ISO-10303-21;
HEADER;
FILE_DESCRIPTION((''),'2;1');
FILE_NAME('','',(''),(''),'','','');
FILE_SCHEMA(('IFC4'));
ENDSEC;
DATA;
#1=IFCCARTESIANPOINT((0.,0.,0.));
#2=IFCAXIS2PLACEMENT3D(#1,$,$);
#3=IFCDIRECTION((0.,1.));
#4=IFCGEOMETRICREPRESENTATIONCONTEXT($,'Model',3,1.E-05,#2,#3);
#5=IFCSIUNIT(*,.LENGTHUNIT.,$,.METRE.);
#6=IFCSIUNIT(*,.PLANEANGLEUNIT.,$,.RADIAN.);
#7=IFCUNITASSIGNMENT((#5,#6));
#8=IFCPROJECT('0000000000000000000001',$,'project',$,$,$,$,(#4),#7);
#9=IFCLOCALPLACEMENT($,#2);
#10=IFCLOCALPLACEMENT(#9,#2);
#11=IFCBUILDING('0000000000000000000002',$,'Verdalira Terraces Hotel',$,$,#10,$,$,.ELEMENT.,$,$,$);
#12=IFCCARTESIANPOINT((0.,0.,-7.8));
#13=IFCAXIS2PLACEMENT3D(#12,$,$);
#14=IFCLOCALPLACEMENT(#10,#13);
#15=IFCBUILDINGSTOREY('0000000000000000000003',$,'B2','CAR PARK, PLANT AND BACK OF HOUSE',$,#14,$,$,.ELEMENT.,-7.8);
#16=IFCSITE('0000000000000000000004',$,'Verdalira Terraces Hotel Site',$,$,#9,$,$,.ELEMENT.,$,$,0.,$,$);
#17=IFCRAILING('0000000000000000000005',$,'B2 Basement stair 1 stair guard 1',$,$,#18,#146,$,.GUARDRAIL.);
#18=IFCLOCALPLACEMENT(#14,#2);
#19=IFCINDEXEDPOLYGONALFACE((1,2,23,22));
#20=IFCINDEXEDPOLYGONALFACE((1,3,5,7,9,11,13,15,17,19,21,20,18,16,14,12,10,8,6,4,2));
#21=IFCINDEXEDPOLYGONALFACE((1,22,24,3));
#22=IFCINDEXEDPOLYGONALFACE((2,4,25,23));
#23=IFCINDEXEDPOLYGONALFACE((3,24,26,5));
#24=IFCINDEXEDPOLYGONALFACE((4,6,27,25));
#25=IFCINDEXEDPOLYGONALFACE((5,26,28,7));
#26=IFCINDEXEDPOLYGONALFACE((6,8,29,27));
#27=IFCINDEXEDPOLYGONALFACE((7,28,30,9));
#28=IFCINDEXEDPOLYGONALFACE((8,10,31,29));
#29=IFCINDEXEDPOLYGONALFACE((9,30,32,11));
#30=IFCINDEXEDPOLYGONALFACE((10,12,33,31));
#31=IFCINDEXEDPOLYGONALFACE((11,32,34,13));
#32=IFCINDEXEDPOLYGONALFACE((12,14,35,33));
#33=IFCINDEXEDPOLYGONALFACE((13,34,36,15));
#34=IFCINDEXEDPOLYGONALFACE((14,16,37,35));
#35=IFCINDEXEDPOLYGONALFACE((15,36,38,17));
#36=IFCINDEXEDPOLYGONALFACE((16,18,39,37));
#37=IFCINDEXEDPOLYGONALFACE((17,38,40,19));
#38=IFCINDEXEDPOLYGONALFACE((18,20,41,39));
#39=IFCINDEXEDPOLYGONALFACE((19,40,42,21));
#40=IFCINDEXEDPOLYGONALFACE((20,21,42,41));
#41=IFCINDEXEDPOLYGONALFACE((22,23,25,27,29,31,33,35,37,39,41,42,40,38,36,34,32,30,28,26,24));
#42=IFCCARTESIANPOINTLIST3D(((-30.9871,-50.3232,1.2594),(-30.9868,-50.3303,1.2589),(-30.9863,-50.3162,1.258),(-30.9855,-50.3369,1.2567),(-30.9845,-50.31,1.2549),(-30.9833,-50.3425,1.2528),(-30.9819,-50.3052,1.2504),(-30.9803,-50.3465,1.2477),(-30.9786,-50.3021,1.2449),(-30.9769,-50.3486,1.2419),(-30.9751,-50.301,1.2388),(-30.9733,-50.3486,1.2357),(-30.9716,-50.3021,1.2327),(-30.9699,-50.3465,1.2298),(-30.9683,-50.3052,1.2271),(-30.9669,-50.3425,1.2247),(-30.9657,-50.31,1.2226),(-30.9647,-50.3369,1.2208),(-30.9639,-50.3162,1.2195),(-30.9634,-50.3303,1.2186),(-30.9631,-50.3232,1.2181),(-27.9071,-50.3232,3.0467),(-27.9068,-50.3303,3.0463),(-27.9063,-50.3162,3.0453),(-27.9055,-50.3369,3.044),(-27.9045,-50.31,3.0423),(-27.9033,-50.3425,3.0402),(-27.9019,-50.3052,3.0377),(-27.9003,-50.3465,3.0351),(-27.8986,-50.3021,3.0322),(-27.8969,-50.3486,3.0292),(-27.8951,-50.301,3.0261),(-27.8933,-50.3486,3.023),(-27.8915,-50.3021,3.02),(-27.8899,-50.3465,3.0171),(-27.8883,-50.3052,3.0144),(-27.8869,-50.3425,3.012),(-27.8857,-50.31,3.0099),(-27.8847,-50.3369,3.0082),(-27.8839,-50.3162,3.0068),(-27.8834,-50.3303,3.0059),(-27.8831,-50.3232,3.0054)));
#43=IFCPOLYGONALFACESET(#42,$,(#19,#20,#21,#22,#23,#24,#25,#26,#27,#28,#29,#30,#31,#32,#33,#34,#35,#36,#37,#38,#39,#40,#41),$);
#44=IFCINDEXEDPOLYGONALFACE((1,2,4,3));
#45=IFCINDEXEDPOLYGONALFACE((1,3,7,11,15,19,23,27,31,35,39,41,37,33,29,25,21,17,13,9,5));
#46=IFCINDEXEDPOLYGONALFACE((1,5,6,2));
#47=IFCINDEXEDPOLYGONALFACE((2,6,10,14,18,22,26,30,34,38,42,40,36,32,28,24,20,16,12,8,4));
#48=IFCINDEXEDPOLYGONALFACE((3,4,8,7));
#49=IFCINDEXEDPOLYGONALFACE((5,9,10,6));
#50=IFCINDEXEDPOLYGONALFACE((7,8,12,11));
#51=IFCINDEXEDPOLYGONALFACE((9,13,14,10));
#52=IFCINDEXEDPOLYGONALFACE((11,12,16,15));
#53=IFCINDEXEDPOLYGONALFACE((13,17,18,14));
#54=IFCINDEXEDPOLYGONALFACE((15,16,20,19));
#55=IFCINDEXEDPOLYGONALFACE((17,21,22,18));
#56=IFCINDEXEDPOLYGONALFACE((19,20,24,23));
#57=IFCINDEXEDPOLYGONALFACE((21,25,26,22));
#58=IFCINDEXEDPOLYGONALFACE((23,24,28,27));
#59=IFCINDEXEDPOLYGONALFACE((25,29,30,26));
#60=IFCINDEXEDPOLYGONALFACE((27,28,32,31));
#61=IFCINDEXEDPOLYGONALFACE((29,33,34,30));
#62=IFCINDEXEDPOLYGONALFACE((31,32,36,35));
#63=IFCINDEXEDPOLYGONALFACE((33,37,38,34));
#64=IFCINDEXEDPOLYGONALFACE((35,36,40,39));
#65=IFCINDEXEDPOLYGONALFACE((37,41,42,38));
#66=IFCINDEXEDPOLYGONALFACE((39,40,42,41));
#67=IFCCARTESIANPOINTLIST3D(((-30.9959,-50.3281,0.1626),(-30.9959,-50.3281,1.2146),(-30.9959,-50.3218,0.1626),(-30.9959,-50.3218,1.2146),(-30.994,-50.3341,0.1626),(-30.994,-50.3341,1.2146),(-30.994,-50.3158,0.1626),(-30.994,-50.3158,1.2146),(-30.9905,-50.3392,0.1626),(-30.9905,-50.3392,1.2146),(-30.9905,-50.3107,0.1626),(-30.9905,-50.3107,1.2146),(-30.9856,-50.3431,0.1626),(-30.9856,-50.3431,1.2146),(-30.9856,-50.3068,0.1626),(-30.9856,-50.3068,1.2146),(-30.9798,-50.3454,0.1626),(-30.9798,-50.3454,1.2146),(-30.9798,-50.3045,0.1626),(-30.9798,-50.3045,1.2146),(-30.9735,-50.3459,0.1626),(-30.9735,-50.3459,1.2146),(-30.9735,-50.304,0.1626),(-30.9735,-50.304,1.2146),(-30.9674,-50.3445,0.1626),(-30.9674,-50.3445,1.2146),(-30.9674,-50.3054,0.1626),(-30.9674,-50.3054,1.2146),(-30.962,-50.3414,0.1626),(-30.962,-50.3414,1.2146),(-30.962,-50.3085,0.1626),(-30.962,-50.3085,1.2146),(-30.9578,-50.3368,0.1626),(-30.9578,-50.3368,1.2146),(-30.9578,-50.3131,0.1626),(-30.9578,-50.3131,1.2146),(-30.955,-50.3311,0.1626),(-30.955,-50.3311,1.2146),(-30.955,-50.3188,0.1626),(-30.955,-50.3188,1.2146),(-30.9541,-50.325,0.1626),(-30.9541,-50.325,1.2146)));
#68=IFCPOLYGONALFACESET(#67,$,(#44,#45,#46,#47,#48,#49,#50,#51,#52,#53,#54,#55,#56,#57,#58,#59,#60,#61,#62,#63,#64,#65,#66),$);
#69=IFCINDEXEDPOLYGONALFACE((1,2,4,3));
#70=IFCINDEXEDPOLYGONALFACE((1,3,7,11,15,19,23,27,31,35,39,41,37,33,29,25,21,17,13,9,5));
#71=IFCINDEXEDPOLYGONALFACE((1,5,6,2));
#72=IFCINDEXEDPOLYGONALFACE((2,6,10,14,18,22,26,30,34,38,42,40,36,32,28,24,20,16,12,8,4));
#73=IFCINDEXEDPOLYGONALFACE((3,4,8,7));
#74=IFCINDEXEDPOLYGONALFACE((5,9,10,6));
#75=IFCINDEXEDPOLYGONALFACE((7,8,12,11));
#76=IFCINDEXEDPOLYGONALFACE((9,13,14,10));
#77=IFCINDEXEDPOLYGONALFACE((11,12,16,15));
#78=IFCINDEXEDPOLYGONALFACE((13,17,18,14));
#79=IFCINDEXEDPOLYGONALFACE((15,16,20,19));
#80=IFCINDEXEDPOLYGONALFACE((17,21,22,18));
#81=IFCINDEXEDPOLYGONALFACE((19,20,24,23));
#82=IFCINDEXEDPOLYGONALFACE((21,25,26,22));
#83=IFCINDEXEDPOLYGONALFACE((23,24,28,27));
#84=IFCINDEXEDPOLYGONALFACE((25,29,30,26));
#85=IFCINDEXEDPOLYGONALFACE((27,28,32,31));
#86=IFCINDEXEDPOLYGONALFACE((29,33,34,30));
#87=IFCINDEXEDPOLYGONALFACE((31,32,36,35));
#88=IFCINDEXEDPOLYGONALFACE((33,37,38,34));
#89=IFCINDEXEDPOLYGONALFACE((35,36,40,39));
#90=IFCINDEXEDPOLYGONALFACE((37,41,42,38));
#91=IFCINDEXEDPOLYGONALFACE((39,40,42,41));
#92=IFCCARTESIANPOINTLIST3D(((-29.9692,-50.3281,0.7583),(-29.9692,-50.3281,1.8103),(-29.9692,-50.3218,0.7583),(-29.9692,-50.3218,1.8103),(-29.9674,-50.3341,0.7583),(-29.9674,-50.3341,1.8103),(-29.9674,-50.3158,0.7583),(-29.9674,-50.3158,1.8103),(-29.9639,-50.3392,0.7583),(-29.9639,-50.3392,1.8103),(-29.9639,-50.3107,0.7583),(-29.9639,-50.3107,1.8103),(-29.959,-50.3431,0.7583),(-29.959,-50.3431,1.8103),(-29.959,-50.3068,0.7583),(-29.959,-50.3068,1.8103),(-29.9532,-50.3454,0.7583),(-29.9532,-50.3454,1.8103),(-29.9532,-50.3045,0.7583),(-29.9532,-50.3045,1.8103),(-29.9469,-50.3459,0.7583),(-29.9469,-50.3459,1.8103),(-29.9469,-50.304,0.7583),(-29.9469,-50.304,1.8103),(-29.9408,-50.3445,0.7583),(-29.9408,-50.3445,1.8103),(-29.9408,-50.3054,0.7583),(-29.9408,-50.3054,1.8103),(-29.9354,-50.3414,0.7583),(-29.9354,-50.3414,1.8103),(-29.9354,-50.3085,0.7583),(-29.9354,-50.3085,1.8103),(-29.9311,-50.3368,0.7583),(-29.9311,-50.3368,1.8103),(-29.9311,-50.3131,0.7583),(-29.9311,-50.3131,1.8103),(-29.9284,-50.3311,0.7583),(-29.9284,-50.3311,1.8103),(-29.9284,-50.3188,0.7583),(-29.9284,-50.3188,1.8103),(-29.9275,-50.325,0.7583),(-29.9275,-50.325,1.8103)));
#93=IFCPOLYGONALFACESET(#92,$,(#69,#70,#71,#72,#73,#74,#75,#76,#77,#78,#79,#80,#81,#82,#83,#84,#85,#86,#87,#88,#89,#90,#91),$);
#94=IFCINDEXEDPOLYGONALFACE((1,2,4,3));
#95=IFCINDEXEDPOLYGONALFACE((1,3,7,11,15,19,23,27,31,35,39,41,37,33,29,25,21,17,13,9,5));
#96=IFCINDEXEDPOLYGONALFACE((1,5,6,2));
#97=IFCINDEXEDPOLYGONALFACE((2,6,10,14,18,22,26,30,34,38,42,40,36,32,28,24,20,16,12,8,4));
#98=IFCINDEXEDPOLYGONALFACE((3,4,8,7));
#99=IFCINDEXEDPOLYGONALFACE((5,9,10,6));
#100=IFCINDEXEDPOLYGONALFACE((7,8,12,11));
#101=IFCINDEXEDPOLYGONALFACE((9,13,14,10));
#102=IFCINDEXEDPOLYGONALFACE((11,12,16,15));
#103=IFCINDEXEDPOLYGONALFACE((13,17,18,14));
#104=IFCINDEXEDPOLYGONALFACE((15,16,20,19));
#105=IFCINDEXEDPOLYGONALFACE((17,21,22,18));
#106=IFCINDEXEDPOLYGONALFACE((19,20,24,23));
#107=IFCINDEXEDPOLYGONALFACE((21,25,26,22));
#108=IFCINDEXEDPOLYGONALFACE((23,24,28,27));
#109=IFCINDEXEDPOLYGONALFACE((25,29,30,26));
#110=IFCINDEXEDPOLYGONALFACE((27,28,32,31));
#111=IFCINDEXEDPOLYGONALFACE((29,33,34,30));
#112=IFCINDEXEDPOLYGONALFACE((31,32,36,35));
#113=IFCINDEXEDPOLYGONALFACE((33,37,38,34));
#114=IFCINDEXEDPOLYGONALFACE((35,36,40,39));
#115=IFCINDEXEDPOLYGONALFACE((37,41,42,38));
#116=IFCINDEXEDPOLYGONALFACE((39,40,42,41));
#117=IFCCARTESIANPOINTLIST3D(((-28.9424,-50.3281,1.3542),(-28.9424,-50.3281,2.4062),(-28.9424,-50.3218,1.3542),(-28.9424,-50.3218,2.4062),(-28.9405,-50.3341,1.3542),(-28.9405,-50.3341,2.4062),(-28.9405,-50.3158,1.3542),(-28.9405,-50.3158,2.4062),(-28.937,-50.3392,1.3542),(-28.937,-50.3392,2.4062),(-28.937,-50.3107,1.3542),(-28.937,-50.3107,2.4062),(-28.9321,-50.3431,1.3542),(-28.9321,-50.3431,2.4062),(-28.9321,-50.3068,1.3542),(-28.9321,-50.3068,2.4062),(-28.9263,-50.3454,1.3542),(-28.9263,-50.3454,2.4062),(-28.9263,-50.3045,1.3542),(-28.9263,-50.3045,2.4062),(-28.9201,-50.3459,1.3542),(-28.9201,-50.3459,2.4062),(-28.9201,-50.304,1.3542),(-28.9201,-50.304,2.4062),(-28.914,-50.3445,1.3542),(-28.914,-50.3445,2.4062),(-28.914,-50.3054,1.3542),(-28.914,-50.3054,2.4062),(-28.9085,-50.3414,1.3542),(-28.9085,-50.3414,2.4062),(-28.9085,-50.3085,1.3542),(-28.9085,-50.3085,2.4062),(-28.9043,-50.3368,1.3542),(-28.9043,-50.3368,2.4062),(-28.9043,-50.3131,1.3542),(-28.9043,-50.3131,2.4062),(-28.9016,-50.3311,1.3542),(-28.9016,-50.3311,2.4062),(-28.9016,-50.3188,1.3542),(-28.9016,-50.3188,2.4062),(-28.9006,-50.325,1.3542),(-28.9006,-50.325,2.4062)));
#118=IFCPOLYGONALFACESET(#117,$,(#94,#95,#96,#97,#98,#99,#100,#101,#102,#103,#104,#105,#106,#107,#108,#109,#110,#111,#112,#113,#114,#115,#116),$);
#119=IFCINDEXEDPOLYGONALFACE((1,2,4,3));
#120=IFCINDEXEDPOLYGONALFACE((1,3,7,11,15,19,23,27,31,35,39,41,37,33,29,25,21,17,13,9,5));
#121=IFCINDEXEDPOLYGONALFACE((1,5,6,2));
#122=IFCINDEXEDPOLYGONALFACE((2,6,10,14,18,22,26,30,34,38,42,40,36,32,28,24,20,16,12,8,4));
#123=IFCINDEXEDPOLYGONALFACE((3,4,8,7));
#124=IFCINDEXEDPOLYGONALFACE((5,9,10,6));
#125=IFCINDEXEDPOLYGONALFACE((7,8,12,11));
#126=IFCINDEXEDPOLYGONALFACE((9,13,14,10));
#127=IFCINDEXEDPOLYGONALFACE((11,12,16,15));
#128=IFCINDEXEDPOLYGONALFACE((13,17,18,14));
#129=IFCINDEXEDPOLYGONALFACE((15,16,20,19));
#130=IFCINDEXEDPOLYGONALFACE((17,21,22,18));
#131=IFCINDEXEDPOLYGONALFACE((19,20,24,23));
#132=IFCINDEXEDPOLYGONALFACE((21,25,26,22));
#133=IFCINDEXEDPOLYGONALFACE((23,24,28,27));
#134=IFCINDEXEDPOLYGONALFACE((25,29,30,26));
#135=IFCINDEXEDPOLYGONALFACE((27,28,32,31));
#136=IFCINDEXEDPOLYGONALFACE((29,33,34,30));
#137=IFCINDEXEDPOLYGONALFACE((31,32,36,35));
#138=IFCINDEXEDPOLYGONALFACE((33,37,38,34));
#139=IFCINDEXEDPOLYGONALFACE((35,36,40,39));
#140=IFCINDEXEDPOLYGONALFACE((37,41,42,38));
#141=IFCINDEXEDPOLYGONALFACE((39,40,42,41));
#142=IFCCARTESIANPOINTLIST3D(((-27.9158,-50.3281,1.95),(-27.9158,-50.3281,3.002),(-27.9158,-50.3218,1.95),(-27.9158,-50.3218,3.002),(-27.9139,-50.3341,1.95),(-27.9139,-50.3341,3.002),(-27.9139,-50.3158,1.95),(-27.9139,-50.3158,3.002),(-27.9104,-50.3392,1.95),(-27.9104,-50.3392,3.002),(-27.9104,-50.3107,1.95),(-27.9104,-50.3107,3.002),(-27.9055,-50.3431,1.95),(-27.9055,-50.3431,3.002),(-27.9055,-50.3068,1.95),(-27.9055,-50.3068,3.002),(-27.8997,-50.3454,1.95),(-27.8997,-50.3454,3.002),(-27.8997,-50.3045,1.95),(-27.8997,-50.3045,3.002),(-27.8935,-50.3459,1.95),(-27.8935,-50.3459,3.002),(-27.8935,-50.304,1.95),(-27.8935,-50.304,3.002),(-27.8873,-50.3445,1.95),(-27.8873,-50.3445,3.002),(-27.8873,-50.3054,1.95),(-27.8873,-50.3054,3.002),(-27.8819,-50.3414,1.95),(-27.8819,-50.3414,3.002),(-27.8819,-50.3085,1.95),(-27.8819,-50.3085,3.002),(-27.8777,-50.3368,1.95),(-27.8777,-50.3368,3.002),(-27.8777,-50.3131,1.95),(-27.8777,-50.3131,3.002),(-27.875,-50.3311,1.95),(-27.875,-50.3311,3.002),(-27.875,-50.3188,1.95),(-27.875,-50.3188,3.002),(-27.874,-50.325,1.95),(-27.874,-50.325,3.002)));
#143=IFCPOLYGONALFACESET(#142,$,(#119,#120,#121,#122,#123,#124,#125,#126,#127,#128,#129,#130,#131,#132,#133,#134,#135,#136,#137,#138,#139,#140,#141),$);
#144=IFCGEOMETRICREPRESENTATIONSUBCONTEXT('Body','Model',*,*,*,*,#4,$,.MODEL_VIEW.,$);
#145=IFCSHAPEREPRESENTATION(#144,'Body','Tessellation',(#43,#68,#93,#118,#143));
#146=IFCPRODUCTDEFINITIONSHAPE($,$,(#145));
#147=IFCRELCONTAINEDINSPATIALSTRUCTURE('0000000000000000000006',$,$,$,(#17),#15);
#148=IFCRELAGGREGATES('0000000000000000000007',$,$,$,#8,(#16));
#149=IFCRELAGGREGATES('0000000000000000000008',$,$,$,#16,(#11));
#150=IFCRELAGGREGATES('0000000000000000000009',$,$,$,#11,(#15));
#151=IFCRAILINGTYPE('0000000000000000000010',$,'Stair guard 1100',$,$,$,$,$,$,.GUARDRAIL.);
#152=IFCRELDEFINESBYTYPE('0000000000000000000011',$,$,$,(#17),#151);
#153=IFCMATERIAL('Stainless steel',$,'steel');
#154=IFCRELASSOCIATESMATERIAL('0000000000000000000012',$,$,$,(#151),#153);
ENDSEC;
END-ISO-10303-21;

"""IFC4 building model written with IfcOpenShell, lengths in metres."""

from ifc_helpers import new_model, si_unit, direction, frame, origin, origin_2d, place, context, subcontext, project, spatial, circle, extrude, material, type_object, element, save


model = new_model("IFC4")

# Units and contexts
model_context = context("Model", 3, precision=1e-05, world=origin(), true_north=direction((0.0, 1.0)))
body_context = subcontext(model_context, "Body", "Model", "MODEL_VIEW")
ifc_project = project(units=[si_unit("LENGTHUNIT", "METRE"), si_unit("PLANEANGLEUNIT", "RADIAN")], contexts=[model_context])

# Site, building, storey
site_placement = place(None, origin())
site = spatial("IfcSite", under=ifc_project, at=site_placement, Name="Verdalira Terraces Hotel Site", CompositionType="ELEMENT", RefElevation=0.0)
building_placement = place(site_placement, origin())
building = spatial("IfcBuilding", under=site, at=building_placement, Name="Verdalira Terraces Hotel", CompositionType="ELEMENT")
storey_placement = place(building_placement, frame((0.0, 0.0, -7.8)))
storey = spatial("IfcBuildingStorey", under=building, at=storey_placement, Name="B2", Description="CAR PARK, PLANT AND BACK OF HOUSE", CompositionType="ELEMENT", Elevation=-7.8)

# Railing
ifc_material_1 = material(Name="Stainless steel", Category="steel")
railing_type_1 = type_object("IfcRailingType", Name="Stair guard 1100", PredefinedType="GUARDRAIL", material=ifc_material_1)
railing_1_placement = place(storey_placement, frame((-30.9751, -50.325, 0.1626)))
element("IfcRailing", 1, at=railing_1_placement, inside=storey, type_object=railing_type_1, Name="B2 Basement stair 1 stair guard 1", PredefinedType="GUARDRAIL", context=body_context, shape_type="SweptSolid", body=[
    extrude(circle(Radius=0.0239, at=origin_2d()), frame((0.0, 0.0, 1.0762), z_axis=(0.86492, 0.0, 0.501909), x_axis=(0.0, 1.0, 0.0)), (0.0, 0.0, 1.0), 3.561),
    extrude(circle(Radius=0.021, at=origin_2d()), origin(), (0.0, 0.0, 1.0), 1.052),
    extrude(circle(Radius=0.021, at=origin_2d()), frame((1.0266, 0.0, 0.5957)), (0.0, 0.0, 1.0), 1.052),
    extrude(circle(Radius=0.021, at=origin_2d()), frame((2.0535, 0.0, 1.1917)), (0.0, 0.0, 1.0), 1.052),
    extrude(circle(Radius=0.021, at=origin_2d()), frame((3.0801, 0.0, 1.7874)), (0.0, 0.0, 1.0), 1.052),
])

save(model, "model.ifc")
